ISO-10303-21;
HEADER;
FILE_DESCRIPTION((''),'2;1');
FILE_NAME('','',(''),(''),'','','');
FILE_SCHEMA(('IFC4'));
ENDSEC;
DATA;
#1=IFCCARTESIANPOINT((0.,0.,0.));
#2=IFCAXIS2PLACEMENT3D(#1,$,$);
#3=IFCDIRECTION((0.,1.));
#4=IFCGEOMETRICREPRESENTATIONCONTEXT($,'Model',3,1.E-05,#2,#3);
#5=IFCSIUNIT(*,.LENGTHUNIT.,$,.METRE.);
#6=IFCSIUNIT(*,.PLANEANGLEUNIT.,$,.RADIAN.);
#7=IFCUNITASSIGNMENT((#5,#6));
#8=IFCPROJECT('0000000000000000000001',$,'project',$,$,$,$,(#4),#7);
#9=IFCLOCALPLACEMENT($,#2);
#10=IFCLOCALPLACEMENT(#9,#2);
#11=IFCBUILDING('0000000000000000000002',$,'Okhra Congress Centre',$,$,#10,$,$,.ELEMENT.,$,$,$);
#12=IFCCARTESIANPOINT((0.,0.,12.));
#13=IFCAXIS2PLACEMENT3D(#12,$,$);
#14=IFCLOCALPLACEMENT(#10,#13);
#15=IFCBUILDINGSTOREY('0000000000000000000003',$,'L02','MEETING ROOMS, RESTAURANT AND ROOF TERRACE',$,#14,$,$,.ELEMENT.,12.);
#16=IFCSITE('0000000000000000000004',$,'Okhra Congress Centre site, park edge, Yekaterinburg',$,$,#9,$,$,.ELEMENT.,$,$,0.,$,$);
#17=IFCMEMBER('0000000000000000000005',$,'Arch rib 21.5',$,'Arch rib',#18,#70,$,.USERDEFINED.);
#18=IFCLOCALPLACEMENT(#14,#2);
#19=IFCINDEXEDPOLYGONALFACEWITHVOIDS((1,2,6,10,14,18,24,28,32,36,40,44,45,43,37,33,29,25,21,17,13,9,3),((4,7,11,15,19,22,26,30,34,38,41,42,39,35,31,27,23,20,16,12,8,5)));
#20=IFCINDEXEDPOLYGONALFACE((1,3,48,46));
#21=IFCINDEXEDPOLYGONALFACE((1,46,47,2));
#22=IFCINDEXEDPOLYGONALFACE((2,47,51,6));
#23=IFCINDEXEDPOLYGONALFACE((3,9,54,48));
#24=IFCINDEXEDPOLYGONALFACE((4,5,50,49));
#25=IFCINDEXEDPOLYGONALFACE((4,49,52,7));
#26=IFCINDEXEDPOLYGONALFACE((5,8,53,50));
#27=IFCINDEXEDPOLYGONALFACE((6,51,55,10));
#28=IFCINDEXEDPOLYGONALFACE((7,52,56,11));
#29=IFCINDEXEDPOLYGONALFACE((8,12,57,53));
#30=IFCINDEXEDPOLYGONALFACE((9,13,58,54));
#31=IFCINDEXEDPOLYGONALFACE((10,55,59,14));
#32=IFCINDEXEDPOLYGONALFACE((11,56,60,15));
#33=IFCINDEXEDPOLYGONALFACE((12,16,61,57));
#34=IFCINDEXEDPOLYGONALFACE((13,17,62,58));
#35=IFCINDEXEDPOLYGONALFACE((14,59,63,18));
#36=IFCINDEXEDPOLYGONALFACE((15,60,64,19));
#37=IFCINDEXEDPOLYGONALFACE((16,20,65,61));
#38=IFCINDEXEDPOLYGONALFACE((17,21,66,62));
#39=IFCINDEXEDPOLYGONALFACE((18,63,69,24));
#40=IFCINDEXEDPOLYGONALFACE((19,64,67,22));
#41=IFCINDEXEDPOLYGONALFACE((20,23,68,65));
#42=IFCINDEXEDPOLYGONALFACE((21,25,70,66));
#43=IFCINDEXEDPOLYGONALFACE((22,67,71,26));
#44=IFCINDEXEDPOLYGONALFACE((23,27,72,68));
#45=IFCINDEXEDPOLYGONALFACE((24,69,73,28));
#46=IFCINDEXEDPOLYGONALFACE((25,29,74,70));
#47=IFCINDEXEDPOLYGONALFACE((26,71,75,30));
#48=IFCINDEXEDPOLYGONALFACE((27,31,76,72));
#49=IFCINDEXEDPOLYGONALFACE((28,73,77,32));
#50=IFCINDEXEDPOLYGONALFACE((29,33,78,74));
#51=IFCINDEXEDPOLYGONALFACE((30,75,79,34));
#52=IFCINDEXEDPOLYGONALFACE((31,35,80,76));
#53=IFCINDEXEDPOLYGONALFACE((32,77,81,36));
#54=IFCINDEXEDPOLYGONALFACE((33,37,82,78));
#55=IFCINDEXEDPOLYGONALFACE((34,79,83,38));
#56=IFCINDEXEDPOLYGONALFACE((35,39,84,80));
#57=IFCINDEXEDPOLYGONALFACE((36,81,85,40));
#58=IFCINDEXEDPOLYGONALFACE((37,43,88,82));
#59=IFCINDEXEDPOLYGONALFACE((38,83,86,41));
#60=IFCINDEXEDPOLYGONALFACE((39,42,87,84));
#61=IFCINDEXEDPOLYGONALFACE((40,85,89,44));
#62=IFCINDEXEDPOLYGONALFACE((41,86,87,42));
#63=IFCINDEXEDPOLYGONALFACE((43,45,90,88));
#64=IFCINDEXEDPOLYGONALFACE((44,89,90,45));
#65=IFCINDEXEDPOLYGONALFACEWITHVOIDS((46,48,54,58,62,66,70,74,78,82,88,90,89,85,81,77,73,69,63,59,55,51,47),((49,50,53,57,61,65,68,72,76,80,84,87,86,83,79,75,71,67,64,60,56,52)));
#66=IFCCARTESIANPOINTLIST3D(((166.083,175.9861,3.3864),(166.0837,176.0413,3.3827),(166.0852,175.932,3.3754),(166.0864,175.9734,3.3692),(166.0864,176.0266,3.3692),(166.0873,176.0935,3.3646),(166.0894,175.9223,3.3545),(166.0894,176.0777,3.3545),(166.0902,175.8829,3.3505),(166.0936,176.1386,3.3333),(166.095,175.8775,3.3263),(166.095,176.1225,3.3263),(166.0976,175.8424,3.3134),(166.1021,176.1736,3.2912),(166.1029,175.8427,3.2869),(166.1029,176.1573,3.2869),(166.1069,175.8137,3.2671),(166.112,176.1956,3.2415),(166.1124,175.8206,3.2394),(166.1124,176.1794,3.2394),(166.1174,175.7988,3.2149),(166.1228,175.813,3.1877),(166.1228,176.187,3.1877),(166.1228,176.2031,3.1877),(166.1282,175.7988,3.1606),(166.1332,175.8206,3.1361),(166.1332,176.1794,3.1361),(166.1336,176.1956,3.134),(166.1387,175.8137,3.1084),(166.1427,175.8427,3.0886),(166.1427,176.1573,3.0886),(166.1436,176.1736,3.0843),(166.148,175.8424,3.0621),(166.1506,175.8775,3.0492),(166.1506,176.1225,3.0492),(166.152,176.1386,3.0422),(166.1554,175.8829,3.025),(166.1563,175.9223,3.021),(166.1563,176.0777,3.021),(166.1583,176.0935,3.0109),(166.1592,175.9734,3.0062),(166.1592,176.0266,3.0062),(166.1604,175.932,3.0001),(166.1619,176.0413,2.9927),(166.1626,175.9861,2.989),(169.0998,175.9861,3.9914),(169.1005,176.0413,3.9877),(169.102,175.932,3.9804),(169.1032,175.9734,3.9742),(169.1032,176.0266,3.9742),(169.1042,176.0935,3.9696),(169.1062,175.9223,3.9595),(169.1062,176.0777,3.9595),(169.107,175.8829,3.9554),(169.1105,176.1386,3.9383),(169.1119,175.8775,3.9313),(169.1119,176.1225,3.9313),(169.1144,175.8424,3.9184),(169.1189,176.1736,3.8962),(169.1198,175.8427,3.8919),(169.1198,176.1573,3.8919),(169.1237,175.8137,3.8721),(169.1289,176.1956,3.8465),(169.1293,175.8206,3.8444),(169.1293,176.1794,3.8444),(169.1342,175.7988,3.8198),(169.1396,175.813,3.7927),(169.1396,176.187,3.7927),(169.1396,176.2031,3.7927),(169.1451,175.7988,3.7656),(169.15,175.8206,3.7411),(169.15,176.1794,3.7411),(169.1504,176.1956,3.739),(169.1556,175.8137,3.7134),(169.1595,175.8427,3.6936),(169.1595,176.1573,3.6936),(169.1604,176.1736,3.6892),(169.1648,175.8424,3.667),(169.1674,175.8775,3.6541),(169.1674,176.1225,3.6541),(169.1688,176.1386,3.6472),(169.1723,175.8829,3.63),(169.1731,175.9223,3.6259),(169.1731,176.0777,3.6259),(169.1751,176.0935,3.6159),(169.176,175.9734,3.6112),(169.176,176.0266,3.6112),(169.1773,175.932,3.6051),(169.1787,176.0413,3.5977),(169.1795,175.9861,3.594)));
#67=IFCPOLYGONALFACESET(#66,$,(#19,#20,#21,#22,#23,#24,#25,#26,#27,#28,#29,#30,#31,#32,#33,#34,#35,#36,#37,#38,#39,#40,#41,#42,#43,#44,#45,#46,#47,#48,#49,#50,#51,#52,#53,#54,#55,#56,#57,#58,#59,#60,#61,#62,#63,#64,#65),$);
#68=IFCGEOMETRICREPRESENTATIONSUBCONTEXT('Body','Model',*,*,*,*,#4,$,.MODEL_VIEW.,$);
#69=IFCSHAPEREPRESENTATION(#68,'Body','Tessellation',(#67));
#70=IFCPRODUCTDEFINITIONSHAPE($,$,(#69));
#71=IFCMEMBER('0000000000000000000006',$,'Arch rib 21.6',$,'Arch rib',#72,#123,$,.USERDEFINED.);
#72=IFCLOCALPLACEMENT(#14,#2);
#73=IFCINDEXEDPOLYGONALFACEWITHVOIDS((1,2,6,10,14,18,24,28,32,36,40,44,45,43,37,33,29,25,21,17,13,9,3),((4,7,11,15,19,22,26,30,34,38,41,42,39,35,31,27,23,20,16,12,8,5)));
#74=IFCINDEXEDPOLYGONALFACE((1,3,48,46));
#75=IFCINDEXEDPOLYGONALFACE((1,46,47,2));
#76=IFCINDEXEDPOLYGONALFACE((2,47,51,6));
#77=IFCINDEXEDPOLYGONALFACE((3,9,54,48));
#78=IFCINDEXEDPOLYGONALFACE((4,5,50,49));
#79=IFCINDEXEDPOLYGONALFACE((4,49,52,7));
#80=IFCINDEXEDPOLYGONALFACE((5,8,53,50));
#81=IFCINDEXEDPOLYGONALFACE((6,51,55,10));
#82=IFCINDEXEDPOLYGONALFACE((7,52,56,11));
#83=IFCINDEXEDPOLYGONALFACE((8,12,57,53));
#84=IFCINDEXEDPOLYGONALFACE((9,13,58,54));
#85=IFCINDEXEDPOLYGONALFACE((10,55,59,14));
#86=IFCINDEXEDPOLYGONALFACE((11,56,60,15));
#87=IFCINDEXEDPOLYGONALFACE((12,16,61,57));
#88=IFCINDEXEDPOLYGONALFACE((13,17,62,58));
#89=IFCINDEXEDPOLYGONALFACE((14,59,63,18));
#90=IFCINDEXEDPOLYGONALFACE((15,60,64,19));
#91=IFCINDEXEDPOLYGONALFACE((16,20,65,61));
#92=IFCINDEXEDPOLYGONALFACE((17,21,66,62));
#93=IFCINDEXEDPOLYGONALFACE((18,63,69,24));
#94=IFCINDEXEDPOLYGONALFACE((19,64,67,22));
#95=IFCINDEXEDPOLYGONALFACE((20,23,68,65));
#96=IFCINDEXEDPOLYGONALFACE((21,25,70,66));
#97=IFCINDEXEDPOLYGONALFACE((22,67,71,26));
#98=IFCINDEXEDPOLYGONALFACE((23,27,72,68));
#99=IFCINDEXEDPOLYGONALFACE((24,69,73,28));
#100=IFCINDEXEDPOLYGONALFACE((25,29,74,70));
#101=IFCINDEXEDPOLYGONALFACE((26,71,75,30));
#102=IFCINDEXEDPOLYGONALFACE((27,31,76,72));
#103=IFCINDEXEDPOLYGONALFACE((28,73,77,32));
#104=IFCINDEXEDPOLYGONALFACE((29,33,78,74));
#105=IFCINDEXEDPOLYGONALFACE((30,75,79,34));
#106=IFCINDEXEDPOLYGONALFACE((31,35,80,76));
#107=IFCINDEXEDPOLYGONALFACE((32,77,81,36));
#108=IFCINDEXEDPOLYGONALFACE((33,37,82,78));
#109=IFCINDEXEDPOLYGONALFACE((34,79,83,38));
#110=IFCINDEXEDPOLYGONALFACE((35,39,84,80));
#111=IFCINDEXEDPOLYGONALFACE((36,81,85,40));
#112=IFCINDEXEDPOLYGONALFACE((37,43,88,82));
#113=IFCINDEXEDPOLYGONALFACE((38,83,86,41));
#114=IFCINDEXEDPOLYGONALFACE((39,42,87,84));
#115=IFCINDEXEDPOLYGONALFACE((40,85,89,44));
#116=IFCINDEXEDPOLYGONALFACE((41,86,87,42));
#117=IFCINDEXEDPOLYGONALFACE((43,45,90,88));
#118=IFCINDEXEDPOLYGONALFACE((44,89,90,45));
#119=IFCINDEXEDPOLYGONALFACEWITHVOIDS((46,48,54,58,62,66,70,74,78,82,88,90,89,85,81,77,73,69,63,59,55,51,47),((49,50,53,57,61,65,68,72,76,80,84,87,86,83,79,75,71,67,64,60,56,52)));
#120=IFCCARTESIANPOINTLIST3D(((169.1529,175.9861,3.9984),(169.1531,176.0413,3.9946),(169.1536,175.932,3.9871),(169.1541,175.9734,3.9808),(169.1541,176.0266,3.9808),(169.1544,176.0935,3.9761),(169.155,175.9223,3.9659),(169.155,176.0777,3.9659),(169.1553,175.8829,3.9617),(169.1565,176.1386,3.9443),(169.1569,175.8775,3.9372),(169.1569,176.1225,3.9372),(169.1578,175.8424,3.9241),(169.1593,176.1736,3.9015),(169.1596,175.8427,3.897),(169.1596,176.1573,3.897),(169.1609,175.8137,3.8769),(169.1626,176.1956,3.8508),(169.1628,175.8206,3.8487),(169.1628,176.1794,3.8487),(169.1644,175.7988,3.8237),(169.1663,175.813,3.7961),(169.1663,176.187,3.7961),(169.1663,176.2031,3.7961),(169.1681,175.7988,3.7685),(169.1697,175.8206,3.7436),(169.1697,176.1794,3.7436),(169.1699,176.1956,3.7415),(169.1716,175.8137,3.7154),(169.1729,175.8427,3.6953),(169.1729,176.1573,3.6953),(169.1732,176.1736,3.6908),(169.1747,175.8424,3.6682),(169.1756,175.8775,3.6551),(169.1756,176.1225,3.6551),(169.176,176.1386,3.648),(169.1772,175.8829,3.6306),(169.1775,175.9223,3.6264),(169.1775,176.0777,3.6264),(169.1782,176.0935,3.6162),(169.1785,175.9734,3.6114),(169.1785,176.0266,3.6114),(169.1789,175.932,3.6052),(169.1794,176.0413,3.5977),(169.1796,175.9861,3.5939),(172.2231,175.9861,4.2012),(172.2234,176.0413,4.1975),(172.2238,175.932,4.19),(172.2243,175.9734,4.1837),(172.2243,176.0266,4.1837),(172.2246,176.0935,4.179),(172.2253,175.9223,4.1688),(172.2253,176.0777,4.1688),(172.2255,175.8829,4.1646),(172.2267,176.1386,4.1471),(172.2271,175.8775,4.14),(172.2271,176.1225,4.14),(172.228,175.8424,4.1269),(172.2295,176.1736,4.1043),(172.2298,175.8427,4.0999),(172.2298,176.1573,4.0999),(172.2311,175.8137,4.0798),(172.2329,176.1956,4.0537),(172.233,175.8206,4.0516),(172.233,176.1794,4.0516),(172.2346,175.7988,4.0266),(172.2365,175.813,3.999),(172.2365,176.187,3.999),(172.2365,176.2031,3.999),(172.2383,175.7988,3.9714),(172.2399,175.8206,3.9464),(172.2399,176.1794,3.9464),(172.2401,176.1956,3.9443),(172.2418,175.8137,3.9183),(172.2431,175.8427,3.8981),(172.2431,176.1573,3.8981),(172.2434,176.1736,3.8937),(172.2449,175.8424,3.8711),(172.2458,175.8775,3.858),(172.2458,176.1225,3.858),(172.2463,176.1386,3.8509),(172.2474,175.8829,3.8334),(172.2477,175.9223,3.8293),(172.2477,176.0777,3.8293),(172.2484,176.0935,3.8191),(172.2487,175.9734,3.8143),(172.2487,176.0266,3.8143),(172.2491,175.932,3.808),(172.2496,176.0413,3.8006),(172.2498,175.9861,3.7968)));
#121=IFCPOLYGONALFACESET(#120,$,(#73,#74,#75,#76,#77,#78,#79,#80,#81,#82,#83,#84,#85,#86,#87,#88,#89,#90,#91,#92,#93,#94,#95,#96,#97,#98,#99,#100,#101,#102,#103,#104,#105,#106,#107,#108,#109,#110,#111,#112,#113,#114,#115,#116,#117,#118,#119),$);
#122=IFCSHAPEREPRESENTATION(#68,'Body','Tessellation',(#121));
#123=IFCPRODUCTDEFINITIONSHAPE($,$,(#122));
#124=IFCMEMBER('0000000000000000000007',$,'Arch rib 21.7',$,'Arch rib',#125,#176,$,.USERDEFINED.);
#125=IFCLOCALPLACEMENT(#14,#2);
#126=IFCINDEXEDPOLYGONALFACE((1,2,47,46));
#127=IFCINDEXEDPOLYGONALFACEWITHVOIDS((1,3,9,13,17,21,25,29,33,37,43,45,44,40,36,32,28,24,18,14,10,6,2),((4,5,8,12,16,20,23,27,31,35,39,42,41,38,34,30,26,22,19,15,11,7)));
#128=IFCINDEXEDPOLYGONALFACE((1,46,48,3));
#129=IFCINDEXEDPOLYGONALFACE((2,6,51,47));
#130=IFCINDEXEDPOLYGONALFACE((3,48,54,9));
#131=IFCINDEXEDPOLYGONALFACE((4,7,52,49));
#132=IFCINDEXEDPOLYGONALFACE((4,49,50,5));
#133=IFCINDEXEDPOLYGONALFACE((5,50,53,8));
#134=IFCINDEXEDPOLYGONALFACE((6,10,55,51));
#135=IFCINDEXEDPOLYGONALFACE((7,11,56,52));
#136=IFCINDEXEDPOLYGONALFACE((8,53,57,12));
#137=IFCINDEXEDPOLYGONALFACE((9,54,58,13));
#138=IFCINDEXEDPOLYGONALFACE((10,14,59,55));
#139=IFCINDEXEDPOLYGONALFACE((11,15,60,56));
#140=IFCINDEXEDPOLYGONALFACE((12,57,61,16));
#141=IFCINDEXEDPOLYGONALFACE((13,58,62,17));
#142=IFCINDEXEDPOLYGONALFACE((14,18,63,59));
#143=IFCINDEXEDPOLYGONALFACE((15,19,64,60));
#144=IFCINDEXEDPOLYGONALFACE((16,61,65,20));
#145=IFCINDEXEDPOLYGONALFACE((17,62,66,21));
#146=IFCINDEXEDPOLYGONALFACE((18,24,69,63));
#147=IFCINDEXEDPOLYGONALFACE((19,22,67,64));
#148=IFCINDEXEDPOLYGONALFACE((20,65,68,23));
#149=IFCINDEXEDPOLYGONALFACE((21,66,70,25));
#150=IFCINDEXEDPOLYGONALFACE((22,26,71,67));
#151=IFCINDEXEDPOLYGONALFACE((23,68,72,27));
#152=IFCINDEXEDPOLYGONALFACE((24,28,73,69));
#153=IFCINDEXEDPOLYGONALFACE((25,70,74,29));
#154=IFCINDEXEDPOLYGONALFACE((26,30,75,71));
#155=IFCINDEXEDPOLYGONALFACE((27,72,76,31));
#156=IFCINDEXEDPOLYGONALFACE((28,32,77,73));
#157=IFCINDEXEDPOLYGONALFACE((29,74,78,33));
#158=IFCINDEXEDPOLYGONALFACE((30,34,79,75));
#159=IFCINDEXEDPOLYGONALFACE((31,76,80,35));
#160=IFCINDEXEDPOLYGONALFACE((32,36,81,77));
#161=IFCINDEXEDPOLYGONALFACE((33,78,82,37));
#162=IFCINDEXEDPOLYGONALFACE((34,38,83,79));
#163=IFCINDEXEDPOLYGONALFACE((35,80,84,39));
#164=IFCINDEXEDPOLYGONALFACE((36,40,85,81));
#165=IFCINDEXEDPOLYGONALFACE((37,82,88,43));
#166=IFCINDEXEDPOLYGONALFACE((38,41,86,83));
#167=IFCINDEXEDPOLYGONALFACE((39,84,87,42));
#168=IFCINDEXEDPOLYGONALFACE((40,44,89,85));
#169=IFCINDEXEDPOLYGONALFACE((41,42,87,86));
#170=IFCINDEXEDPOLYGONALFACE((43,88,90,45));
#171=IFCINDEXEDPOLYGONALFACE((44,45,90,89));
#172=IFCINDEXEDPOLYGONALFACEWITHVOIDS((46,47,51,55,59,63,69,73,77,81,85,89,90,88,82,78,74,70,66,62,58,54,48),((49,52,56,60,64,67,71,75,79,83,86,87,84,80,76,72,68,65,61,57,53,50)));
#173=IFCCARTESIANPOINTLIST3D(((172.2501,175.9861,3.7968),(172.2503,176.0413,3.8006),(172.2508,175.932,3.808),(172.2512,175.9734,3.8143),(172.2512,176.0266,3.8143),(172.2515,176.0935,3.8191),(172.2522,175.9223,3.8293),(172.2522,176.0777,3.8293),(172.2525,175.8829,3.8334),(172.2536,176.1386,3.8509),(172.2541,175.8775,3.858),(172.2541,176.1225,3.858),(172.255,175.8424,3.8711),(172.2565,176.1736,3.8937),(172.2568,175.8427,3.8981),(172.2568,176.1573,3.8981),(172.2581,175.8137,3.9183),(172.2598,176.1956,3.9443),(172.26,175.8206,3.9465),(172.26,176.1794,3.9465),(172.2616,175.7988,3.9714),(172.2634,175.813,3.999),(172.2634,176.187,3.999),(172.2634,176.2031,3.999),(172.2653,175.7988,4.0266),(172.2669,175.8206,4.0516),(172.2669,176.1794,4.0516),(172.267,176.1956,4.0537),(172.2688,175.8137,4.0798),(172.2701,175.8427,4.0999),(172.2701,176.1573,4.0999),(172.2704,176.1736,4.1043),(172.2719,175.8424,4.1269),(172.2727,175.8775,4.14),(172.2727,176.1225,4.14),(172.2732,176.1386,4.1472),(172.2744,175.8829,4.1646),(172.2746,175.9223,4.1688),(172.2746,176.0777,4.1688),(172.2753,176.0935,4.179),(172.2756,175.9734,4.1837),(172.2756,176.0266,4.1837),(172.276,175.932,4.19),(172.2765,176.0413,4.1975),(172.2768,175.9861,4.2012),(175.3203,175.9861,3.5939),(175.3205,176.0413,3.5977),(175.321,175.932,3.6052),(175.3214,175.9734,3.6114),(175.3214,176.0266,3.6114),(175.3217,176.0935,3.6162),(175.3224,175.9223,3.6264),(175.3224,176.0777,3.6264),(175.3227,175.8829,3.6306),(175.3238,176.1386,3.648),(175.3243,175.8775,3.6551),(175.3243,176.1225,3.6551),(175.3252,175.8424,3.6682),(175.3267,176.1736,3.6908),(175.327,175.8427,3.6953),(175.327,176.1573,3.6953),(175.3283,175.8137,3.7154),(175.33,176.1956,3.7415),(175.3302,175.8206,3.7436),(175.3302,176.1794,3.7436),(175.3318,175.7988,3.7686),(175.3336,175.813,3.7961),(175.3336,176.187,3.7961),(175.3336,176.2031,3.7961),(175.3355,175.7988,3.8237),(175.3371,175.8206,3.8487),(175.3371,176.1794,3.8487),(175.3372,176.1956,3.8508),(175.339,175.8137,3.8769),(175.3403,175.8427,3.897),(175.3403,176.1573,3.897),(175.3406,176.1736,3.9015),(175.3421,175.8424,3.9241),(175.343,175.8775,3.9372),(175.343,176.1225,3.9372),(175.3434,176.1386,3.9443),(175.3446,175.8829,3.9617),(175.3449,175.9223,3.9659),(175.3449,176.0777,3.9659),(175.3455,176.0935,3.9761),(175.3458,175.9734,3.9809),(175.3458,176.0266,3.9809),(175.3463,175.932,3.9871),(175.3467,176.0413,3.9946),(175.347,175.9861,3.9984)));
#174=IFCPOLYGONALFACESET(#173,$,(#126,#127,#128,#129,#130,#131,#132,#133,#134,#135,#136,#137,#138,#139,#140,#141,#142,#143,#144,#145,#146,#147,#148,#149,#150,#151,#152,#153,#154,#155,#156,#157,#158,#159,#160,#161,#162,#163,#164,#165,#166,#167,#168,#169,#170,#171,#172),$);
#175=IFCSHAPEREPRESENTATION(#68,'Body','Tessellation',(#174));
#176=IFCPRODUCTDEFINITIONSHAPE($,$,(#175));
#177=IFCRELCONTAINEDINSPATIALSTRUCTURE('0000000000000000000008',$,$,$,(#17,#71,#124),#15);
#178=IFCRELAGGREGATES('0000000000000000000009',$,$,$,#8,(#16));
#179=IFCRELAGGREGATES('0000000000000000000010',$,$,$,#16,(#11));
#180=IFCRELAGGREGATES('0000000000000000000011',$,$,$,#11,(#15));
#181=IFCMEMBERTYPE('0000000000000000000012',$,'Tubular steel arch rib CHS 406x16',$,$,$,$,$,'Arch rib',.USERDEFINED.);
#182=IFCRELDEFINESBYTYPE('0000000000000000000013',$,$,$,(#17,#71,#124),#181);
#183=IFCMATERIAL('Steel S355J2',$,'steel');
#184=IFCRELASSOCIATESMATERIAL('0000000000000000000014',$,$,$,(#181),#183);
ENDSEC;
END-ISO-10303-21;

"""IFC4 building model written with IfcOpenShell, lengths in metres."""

from ifc_helpers import new_model, si_unit, direction, frame, origin, origin_2d, place, context, subcontext, project, spatial, hollow_circle, extrude, material, material_profile, profile_set, type_object, element, save


model = new_model("IFC4")

# Units and contexts
model_context = context("Model", 3, precision=1e-05, world=origin(), true_north=direction((0.0, 1.0)))
body_context = subcontext(model_context, "Body", "Model", "MODEL_VIEW")
ifc_project = project(units=[si_unit("LENGTHUNIT", "METRE"), si_unit("PLANEANGLEUNIT", "RADIAN")], contexts=[model_context])

# Site, building, storey
site_placement = place(None, origin())
site = spatial("IfcSite", under=ifc_project, at=site_placement, Name="Okhra Congress Centre site, park edge, Yekaterinburg", CompositionType="ELEMENT", RefElevation=0.0)
building_placement = place(site_placement, origin())
building = spatial("IfcBuilding", under=site, at=building_placement, Name="Okhra Congress Centre", CompositionType="ELEMENT")
storey_placement = place(building_placement, frame((0.0, 0.0, 12.0)))
storey = spatial("IfcBuildingStorey", under=building, at=storey_placement, Name="L02", Description="MEETING ROOMS, RESTAURANT AND ROOF TERRACE", CompositionType="ELEMENT", Elevation=12.0)

# Members
ifc_material_1 = material(Name="Steel S355J2", Category="steel")
ifc_material_profile_1 = material_profile(ifc_material_1, hollow_circle(Radius=0.2031, WallThickness=0.0161, at=origin_2d()), Name="CHS 406.4x16")
ifc_profile_set_1 = profile_set([ifc_material_profile_1], Name="Steel S355J2")
member_type_1 = type_object("IfcMemberType", Name="Tubular steel arch rib CHS 406x16", ElementType="Arch rib", PredefinedType="USERDEFINED", material=ifc_profile_set_1)
for number, where, z_axis, x_axis, name in (
    (1, (166.1228, 176.0, 3.1877), (0.98048, 0.0, 0.19662), (0.0, 1.0, 0.0), "Arch rib 21.5"),
    (2, (169.1663, 176.0, 3.7961), (0.997824, 0.0, 0.065934), (0.0, 1.0, 0.0), "Arch rib 21.6"),
    (3, (172.2634, 176.0, 3.999), (0.997824, 0.0, -0.065934), (0.0, 1.0, 0.0), "Arch rib 21.7"),
):
    element("IfcMember", number, at=place(storey_placement, frame(where, z_axis=z_axis, x_axis=x_axis)), inside=storey, type_object=member_type_1, Name=name, ObjectType="Arch rib", PredefinedType="USERDEFINED", context=body_context, shape_type="SweptSolid", body=[
        extrude(hollow_circle(Radius=0.2031, WallThickness=0.0161, at=origin_2d()), origin(), (0.0, 0.0, 1.0), 3.0769),
    ])

save(model, "model.ifc")
